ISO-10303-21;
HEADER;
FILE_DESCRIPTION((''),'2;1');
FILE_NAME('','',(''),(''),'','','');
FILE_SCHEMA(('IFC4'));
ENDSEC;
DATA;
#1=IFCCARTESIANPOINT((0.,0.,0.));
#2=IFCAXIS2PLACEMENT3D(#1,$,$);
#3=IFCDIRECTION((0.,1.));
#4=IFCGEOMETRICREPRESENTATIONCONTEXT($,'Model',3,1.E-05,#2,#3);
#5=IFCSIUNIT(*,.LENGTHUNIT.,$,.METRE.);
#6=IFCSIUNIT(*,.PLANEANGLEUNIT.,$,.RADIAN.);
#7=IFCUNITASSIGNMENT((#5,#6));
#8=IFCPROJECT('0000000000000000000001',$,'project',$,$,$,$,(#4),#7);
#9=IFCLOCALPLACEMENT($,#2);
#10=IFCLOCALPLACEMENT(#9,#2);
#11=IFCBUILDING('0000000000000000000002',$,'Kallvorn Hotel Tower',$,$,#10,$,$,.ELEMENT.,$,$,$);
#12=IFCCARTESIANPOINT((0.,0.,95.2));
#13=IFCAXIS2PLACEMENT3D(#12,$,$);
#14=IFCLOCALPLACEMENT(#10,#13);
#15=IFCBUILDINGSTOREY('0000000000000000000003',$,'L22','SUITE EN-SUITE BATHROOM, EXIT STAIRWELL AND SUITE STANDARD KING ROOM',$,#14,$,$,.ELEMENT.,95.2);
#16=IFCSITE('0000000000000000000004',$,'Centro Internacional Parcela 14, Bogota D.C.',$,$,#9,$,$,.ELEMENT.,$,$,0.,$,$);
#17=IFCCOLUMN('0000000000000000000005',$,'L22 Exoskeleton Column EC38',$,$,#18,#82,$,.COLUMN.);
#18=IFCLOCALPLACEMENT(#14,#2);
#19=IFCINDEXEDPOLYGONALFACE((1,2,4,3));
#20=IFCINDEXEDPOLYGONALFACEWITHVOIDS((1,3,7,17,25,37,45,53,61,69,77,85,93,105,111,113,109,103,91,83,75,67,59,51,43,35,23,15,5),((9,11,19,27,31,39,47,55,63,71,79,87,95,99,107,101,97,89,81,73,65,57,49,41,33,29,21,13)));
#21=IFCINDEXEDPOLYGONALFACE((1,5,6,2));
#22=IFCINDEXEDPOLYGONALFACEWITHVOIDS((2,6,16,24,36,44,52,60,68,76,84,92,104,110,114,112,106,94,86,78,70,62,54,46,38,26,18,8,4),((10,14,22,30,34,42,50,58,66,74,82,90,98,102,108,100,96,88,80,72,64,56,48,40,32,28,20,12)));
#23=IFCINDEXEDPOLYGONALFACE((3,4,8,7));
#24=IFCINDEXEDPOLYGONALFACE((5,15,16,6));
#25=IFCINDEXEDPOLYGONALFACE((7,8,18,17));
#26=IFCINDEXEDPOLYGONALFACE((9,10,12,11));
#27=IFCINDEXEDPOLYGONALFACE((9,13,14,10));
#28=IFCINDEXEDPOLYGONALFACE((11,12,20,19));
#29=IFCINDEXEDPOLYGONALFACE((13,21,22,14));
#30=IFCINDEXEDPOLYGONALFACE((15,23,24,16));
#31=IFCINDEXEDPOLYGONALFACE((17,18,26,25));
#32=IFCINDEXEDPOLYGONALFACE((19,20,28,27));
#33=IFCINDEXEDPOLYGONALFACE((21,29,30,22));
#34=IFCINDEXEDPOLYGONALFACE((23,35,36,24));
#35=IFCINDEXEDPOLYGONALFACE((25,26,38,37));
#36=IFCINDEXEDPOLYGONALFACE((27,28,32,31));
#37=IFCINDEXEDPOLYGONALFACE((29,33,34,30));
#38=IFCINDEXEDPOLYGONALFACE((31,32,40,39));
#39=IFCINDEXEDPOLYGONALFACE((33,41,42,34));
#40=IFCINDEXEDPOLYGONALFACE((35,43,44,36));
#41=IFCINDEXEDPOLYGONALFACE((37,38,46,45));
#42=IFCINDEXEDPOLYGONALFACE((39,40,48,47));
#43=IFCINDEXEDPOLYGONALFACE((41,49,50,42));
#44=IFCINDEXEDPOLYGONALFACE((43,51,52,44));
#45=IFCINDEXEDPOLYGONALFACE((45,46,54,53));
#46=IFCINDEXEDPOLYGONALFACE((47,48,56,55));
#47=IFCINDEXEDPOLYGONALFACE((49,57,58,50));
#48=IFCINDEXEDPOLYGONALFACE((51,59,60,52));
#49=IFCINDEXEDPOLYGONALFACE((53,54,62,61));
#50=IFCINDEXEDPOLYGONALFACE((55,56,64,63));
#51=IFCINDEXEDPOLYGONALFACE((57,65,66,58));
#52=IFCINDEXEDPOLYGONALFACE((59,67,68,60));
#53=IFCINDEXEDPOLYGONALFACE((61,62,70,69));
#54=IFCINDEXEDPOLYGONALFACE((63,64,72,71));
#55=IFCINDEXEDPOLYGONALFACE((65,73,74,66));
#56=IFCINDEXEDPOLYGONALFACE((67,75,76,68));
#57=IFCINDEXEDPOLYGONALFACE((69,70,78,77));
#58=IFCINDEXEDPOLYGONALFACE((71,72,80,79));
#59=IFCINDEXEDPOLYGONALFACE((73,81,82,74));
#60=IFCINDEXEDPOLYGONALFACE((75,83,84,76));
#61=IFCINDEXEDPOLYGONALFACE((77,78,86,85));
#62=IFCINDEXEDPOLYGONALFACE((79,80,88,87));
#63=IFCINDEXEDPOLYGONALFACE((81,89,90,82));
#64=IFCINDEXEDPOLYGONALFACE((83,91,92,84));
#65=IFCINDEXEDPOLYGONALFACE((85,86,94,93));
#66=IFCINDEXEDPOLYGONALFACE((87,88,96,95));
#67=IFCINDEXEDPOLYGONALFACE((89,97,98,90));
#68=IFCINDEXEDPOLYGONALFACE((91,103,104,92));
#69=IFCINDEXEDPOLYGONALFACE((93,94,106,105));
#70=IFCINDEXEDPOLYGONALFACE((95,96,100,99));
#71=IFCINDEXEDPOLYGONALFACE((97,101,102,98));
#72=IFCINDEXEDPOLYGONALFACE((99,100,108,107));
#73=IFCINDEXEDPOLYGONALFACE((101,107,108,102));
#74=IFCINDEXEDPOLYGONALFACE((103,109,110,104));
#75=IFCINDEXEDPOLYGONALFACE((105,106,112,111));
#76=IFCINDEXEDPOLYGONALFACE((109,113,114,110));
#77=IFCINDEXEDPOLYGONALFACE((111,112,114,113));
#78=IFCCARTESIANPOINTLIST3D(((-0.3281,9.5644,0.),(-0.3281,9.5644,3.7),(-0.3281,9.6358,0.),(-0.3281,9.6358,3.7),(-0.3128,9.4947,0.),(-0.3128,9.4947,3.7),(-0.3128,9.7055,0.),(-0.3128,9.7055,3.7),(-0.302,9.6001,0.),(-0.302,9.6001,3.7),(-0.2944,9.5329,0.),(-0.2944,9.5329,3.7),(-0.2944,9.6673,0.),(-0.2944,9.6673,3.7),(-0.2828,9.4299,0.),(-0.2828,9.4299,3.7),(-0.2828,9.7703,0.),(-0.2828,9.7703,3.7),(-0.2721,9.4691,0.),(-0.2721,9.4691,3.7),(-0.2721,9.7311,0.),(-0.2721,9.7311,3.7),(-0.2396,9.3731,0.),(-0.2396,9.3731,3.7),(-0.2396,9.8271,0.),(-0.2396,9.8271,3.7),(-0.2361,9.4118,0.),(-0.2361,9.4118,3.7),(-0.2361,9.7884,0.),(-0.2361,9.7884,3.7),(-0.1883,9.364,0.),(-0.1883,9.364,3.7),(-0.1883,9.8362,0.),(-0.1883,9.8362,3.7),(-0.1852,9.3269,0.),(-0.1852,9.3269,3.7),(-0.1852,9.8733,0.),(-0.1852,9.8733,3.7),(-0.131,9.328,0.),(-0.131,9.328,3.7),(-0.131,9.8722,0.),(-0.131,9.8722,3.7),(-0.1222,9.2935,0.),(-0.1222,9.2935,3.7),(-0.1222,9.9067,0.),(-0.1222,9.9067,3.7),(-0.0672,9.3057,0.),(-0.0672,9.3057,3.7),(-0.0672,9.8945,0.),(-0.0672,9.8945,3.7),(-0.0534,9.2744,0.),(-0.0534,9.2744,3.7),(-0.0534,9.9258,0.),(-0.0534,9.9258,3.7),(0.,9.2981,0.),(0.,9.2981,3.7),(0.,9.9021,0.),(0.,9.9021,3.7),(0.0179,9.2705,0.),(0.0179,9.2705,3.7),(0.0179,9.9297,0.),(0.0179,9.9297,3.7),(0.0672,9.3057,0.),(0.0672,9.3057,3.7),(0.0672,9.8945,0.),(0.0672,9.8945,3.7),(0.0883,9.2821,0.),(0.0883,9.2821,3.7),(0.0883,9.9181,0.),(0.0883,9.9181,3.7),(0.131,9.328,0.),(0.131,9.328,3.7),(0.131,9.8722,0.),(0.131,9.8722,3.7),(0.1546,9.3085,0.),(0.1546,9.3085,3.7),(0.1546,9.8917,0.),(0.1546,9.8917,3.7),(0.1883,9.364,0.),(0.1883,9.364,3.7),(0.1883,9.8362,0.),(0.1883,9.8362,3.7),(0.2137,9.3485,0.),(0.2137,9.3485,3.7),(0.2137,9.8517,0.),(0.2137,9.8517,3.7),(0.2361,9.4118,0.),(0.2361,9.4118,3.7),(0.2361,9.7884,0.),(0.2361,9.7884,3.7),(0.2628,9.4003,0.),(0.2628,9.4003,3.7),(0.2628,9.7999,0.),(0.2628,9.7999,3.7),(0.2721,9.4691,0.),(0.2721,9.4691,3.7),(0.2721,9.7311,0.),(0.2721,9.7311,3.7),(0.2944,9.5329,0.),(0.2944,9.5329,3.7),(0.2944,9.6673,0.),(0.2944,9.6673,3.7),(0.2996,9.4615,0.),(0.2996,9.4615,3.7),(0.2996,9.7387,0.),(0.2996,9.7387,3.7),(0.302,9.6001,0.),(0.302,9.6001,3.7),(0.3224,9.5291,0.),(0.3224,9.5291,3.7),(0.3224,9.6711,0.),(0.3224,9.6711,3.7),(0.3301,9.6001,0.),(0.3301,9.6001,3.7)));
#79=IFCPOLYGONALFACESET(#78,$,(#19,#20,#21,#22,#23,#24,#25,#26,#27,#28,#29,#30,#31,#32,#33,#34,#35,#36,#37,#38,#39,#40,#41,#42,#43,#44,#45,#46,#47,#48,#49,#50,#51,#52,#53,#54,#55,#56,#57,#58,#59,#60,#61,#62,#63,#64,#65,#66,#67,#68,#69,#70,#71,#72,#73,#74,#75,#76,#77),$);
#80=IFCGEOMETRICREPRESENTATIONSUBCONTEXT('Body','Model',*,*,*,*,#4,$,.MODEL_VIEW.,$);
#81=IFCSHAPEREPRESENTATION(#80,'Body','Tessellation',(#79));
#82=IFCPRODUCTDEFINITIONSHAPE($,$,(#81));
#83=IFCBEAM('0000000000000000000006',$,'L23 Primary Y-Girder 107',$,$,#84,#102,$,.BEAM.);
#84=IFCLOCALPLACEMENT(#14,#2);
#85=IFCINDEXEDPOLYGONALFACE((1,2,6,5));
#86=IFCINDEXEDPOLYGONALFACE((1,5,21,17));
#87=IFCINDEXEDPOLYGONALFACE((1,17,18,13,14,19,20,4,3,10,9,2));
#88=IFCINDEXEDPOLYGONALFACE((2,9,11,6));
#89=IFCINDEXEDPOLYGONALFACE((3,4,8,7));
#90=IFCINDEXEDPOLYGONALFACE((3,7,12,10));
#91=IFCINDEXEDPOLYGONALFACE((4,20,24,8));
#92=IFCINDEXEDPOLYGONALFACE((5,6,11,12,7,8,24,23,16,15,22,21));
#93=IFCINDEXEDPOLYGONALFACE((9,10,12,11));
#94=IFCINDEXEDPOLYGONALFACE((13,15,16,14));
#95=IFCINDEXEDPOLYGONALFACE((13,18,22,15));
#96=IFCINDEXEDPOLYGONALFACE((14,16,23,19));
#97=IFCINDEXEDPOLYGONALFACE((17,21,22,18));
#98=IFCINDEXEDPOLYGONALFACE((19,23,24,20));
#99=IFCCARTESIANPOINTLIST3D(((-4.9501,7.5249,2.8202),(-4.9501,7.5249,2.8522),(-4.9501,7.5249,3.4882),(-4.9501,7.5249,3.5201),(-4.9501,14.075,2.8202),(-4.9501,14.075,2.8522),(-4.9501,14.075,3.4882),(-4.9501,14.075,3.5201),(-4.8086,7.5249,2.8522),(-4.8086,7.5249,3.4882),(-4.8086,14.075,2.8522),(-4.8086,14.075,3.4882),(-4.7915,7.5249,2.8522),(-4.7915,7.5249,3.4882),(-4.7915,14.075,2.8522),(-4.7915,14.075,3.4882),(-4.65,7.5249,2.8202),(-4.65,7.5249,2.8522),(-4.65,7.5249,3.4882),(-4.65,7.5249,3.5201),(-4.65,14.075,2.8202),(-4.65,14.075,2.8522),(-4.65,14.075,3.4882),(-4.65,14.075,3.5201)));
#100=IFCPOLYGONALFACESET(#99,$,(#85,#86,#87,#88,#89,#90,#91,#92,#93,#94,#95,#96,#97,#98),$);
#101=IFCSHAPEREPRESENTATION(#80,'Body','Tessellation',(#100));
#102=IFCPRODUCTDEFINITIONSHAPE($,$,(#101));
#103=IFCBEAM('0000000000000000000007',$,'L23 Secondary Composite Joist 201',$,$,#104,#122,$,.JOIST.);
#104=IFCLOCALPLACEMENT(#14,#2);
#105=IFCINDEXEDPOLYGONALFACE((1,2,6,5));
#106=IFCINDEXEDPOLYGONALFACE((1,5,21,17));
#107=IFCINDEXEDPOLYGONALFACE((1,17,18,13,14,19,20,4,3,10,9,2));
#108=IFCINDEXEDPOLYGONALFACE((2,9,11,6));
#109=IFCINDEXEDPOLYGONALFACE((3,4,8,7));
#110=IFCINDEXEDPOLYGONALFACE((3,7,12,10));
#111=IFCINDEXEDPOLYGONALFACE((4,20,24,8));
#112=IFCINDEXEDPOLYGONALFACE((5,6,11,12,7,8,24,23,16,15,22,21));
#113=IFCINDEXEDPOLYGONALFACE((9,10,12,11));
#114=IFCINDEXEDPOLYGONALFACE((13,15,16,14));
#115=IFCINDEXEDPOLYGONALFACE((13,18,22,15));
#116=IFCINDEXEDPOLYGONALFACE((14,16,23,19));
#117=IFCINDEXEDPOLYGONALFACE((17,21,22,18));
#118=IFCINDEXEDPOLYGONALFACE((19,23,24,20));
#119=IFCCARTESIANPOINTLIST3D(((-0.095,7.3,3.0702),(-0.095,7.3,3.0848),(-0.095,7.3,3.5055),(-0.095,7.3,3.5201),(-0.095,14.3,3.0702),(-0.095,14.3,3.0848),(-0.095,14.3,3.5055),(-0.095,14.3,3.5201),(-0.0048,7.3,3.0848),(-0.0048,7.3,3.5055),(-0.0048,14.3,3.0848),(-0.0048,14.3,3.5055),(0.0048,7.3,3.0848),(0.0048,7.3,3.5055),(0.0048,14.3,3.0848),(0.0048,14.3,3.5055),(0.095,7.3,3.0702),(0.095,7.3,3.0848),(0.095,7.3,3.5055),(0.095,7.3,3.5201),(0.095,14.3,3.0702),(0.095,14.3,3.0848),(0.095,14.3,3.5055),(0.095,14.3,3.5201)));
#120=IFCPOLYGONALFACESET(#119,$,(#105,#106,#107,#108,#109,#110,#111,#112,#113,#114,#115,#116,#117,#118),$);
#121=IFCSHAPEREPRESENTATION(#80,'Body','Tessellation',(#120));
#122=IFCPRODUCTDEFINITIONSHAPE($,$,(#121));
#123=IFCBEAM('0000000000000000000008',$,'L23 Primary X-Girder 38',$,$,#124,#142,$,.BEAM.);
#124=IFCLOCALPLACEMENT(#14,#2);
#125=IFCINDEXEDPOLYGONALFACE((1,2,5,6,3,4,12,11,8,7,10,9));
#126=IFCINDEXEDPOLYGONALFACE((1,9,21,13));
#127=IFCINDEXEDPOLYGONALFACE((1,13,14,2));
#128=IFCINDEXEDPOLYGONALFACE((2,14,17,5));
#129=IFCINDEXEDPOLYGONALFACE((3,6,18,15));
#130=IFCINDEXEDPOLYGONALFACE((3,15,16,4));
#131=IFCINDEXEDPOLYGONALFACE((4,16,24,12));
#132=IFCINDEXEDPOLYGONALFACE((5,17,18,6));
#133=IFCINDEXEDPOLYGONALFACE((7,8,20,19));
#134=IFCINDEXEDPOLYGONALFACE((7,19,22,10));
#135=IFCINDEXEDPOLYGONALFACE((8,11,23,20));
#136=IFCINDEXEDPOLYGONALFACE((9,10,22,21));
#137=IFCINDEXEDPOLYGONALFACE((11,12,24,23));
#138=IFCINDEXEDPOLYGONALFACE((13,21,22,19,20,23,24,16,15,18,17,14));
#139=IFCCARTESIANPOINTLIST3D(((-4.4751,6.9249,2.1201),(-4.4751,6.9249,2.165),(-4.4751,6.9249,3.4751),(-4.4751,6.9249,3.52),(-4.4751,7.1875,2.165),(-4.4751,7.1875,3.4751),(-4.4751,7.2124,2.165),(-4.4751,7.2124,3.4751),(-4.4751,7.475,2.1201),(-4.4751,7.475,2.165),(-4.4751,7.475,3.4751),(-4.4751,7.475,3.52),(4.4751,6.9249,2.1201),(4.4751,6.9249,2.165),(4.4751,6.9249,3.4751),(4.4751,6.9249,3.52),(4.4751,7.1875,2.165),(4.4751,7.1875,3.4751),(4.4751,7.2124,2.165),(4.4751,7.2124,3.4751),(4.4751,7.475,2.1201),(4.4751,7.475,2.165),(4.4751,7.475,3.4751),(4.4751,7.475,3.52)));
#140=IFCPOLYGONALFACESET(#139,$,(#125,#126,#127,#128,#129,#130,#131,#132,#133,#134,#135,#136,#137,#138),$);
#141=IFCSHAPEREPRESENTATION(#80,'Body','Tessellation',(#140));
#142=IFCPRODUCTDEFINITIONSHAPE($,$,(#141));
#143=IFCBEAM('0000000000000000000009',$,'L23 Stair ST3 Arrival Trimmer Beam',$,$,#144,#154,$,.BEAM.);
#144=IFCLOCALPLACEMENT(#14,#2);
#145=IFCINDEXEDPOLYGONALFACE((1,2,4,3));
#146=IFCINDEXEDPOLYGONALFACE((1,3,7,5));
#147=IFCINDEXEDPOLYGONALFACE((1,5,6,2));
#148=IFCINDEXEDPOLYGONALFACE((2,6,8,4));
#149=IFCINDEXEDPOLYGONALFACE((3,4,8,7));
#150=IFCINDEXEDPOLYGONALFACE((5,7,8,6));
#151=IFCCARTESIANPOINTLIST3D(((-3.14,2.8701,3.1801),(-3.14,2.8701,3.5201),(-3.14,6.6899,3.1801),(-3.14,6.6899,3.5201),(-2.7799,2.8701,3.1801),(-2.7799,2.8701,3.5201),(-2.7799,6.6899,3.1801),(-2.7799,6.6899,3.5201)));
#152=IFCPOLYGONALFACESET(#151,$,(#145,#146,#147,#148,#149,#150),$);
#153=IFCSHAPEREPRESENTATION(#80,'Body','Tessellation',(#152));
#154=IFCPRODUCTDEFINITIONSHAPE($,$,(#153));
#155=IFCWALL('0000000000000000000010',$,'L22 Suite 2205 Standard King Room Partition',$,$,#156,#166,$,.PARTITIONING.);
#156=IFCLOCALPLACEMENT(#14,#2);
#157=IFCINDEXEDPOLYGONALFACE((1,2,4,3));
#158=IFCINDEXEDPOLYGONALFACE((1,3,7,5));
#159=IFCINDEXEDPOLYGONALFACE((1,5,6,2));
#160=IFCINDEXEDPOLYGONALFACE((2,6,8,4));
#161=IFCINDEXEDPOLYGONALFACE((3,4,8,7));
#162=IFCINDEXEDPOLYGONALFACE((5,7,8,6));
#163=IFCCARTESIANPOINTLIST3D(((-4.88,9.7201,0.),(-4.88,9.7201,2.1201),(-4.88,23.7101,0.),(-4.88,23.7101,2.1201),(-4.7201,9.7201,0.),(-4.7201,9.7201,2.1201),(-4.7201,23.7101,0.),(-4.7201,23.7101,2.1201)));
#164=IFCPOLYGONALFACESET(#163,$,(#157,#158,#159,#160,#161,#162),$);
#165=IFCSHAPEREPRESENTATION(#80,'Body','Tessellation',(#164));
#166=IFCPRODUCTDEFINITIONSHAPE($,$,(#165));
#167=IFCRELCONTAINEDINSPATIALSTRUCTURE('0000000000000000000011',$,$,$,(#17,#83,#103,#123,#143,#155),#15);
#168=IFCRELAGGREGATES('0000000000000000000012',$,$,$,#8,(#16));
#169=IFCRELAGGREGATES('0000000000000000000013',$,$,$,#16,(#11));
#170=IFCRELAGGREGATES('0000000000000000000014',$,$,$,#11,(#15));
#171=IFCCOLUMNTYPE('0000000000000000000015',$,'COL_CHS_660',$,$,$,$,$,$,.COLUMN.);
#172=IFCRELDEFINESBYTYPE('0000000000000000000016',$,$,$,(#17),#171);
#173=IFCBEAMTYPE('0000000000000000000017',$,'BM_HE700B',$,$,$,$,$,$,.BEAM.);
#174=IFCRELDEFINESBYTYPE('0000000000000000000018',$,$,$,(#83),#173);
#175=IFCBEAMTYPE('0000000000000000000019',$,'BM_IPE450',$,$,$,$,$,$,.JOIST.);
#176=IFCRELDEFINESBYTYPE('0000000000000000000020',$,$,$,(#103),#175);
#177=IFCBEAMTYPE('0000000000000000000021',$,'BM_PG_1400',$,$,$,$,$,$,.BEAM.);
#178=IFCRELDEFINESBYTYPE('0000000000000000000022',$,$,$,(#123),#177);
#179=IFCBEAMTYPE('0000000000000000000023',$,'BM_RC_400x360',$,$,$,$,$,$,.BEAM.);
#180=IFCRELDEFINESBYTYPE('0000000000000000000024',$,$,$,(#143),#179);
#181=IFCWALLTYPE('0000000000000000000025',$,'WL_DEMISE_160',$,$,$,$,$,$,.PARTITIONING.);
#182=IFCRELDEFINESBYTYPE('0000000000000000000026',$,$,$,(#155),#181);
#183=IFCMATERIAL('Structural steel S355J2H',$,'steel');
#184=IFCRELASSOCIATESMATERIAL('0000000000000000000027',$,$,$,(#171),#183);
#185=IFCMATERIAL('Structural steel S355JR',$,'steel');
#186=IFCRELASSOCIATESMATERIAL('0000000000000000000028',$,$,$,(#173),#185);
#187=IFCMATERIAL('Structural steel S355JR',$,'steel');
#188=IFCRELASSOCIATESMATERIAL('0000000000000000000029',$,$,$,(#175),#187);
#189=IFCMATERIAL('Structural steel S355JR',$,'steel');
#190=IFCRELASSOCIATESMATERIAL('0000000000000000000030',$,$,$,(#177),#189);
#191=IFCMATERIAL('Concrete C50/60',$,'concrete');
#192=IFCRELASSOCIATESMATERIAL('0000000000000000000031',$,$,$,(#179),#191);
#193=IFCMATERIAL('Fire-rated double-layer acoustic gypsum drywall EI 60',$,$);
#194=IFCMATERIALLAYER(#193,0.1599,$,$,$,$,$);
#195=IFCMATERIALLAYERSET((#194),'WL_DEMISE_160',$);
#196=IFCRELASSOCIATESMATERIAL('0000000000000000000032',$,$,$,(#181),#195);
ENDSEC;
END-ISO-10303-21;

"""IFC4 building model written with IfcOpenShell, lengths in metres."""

from ifc_helpers import new_model, si_unit, direction, frame, frame_2d, origin, origin_2d, place, context, subcontext, project, spatial, rectangle, hollow_circle, i_section, extrude, material, layer, layer_set, material_profile, profile_set, type_object, element, save


model = new_model("IFC4")

# Units and contexts
model_context = context("Model", 3, precision=1e-05, world=origin(), true_north=direction((0.0, 1.0)))
body_context = subcontext(model_context, "Body", "Model", "MODEL_VIEW")
ifc_project = project(units=[si_unit("LENGTHUNIT", "METRE"), si_unit("PLANEANGLEUNIT", "RADIAN")], contexts=[model_context])

# Site, building, storey
site_placement = place(None, origin())
site = spatial("IfcSite", under=ifc_project, at=site_placement, Name="Centro Internacional Parcela 14, Bogota D.C.", CompositionType="ELEMENT", RefElevation=0.0)
building_placement = place(site_placement, origin())
building = spatial("IfcBuilding", under=site, at=building_placement, Name="Kallvorn Hotel Tower", CompositionType="ELEMENT")
storey_placement = place(building_placement, frame((0.0, 0.0, 95.2)))
storey = spatial("IfcBuildingStorey", under=building, at=storey_placement, Name="L22", Description="SUITE EN-SUITE BATHROOM, EXIT STAIRWELL AND SUITE STANDARD KING ROOM", CompositionType="ELEMENT", Elevation=95.2)

# Column
ifc_material_1 = material(Name="Structural steel S355J2H", Category="steel")
ifc_material_profile_1 = material_profile(ifc_material_1, hollow_circle(Radius=0.3301, WallThickness=0.0281, at=origin_2d()), Name="CHS 660x28")
ifc_profile_set_1 = profile_set([ifc_material_profile_1], Name="Structural steel S355J2H")
column_type = type_object("IfcColumnType", Name="COL_CHS_660", PredefinedType="COLUMN", material=ifc_profile_set_1)
column_placement = place(storey_placement, frame((0.0, 9.6001, 0.0), z_axis=(0.0, 0.0, 1.0), x_axis=(1.0, 0.0, 0.0)))
element("IfcColumn", 1, at=column_placement, inside=storey, type_object=column_type, Name="L22 Exoskeleton Column EC38", PredefinedType="COLUMN", context=body_context, shape_type="SweptSolid", body=[
    extrude(hollow_circle(Radius=0.3301, WallThickness=0.0281, at=origin_2d()), origin(), (0.0, 0.0, 1.0), 3.7),
])

# Beams
ifc_material_2 = material(Name="Structural steel S355JR", Category="steel")
ifc_material_profile_2 = material_profile(ifc_material_2, i_section(OverallWidth=0.3, OverallDepth=0.7, WebThickness=0.0171, FlangeThickness=0.032, at=origin_2d()), Name="HE 700 B")
ifc_profile_set_2 = profile_set([ifc_material_profile_2], Name="Structural steel S355JR")
beam_type_1 = type_object("IfcBeamType", Name="BM_HE700B", PredefinedType="BEAM", material=ifc_profile_set_2)
beam_1_placement = place(storey_placement, frame((-4.8, 7.5249, 3.1702), z_axis=(0.0, 1.0, 0.0), x_axis=(-1.0, 0.0, 0.0)))
element("IfcBeam", 2, at=beam_1_placement, inside=storey, type_object=beam_type_1, Name="L23 Primary Y-Girder 107", PredefinedType="BEAM", context=body_context, shape_type="SweptSolid", body=[
    extrude(i_section(OverallWidth=0.3, OverallDepth=0.7, WebThickness=0.0171, FlangeThickness=0.032, at=origin_2d()), origin(), (0.0, 0.0, 1.0), 6.55),
])
ifc_material_3 = material(Name="Structural steel S355JR", Category="steel")
ifc_material_profile_3 = material_profile(ifc_material_3, i_section(OverallWidth=0.1899, OverallDepth=0.45, WebThickness=0.0095, FlangeThickness=0.0146, at=origin_2d()), Name="IPE 450")
ifc_profile_set_3 = profile_set([ifc_material_profile_3], Name="Structural steel S355JR")
beam_type_2 = type_object("IfcBeamType", Name="BM_IPE450", PredefinedType="JOIST", material=ifc_profile_set_3)
beam_2_placement = place(storey_placement, frame((0.0, 7.3, 3.2952), z_axis=(0.0, 1.0, 0.0), x_axis=(-1.0, 0.0, 0.0)))
element("IfcBeam", 3, at=beam_2_placement, inside=storey, type_object=beam_type_2, Name="L23 Secondary Composite Joist 201", PredefinedType="JOIST", context=body_context, shape_type="SweptSolid", body=[
    extrude(i_section(OverallWidth=0.1899, OverallDepth=0.45, WebThickness=0.0095, FlangeThickness=0.0146, at=origin_2d()), origin(), (0.0, 0.0, 1.0), 7.0),
])
ifc_material_4 = material(Name="Structural steel S355JR", Category="steel")
ifc_material_profile_4 = material_profile(ifc_material_4, i_section(OverallWidth=0.55, OverallDepth=1.3999, WebThickness=0.0249, FlangeThickness=0.0449, at=origin_2d()), Name="PG 1400x550x25x45")
ifc_profile_set_4 = profile_set([ifc_material_profile_4], Name="Structural steel S355JR")
beam_type_3 = type_object("IfcBeamType", Name="BM_PG_1400", PredefinedType="BEAM", material=ifc_profile_set_4)
beam_3_placement = place(storey_placement, frame((-4.4751, 7.2, 2.8201), z_axis=(1.0, 0.0, 0.0), x_axis=(0.0, 1.0, 0.0)))
element("IfcBeam", 4, at=beam_3_placement, inside=storey, type_object=beam_type_3, Name="L23 Primary X-Girder 38", PredefinedType="BEAM", context=body_context, shape_type="SweptSolid", body=[
    extrude(i_section(OverallWidth=0.55, OverallDepth=1.3999, WebThickness=0.0249, FlangeThickness=0.0449, at=origin_2d()), origin(), (0.0, 0.0, 1.0), 8.9502),
])
ifc_material_5 = material(Name="Concrete C50/60", Category="concrete")
ifc_material_profile_5 = material_profile(ifc_material_5, rectangle(XDim=0.3601, YDim=0.3401, at=origin_2d()), Name="RC 360x340")
ifc_profile_set_5 = profile_set([ifc_material_profile_5], Name="Concrete C50/60")
beam_type_4 = type_object("IfcBeamType", Name="BM_RC_400x360", PredefinedType="BEAM", material=ifc_profile_set_5)
beam_4_placement = place(storey_placement, frame((-2.96, 2.8701, 3.3501), z_axis=(0.0, 1.0, 0.0), x_axis=(-1.0, 0.0, 0.0)))
element("IfcBeam", 5, at=beam_4_placement, inside=storey, type_object=beam_type_4, Name="L23 Stair ST3 Arrival Trimmer Beam", PredefinedType="BEAM", context=body_context, shape_type="SweptSolid", body=[
    extrude(rectangle(XDim=0.3601, YDim=0.3401, at=origin_2d()), origin(), (0.0, 0.0, 1.0), 3.8198),
])

# Wall
ifc_material_6 = material(Name="Fire-rated double-layer acoustic gypsum drywall EI 60")
ifc_layer_1 = layer(ifc_material_6, 0.1599)
ifc_layer_set_1 = layer_set([ifc_layer_1], Name="WL_DEMISE_160")
wall_type_1 = type_object("IfcWallType", Name="WL_DEMISE_160", PredefinedType="PARTITIONING", material=ifc_layer_set_1)
wall_1_placement = place(storey_placement, frame((-4.8, 9.72, 0.0), z_axis=(0.0, 0.0, 1.0), x_axis=(0.0, 1.0, 0.0)))
element("IfcWall", 6, at=wall_1_placement, inside=storey, type_object=wall_type_1, Name="L22 Suite 2205 Standard King Room Partition", PredefinedType="PARTITIONING", context=body_context, shape_type="SweptSolid", body=[
    extrude(rectangle(XDim=13.99, YDim=0.1599, at=frame_2d((6.9951, 0.0))), origin(), (0.0, 0.0, 1.0), 2.1201),
])

save(model, "model.ifc")
